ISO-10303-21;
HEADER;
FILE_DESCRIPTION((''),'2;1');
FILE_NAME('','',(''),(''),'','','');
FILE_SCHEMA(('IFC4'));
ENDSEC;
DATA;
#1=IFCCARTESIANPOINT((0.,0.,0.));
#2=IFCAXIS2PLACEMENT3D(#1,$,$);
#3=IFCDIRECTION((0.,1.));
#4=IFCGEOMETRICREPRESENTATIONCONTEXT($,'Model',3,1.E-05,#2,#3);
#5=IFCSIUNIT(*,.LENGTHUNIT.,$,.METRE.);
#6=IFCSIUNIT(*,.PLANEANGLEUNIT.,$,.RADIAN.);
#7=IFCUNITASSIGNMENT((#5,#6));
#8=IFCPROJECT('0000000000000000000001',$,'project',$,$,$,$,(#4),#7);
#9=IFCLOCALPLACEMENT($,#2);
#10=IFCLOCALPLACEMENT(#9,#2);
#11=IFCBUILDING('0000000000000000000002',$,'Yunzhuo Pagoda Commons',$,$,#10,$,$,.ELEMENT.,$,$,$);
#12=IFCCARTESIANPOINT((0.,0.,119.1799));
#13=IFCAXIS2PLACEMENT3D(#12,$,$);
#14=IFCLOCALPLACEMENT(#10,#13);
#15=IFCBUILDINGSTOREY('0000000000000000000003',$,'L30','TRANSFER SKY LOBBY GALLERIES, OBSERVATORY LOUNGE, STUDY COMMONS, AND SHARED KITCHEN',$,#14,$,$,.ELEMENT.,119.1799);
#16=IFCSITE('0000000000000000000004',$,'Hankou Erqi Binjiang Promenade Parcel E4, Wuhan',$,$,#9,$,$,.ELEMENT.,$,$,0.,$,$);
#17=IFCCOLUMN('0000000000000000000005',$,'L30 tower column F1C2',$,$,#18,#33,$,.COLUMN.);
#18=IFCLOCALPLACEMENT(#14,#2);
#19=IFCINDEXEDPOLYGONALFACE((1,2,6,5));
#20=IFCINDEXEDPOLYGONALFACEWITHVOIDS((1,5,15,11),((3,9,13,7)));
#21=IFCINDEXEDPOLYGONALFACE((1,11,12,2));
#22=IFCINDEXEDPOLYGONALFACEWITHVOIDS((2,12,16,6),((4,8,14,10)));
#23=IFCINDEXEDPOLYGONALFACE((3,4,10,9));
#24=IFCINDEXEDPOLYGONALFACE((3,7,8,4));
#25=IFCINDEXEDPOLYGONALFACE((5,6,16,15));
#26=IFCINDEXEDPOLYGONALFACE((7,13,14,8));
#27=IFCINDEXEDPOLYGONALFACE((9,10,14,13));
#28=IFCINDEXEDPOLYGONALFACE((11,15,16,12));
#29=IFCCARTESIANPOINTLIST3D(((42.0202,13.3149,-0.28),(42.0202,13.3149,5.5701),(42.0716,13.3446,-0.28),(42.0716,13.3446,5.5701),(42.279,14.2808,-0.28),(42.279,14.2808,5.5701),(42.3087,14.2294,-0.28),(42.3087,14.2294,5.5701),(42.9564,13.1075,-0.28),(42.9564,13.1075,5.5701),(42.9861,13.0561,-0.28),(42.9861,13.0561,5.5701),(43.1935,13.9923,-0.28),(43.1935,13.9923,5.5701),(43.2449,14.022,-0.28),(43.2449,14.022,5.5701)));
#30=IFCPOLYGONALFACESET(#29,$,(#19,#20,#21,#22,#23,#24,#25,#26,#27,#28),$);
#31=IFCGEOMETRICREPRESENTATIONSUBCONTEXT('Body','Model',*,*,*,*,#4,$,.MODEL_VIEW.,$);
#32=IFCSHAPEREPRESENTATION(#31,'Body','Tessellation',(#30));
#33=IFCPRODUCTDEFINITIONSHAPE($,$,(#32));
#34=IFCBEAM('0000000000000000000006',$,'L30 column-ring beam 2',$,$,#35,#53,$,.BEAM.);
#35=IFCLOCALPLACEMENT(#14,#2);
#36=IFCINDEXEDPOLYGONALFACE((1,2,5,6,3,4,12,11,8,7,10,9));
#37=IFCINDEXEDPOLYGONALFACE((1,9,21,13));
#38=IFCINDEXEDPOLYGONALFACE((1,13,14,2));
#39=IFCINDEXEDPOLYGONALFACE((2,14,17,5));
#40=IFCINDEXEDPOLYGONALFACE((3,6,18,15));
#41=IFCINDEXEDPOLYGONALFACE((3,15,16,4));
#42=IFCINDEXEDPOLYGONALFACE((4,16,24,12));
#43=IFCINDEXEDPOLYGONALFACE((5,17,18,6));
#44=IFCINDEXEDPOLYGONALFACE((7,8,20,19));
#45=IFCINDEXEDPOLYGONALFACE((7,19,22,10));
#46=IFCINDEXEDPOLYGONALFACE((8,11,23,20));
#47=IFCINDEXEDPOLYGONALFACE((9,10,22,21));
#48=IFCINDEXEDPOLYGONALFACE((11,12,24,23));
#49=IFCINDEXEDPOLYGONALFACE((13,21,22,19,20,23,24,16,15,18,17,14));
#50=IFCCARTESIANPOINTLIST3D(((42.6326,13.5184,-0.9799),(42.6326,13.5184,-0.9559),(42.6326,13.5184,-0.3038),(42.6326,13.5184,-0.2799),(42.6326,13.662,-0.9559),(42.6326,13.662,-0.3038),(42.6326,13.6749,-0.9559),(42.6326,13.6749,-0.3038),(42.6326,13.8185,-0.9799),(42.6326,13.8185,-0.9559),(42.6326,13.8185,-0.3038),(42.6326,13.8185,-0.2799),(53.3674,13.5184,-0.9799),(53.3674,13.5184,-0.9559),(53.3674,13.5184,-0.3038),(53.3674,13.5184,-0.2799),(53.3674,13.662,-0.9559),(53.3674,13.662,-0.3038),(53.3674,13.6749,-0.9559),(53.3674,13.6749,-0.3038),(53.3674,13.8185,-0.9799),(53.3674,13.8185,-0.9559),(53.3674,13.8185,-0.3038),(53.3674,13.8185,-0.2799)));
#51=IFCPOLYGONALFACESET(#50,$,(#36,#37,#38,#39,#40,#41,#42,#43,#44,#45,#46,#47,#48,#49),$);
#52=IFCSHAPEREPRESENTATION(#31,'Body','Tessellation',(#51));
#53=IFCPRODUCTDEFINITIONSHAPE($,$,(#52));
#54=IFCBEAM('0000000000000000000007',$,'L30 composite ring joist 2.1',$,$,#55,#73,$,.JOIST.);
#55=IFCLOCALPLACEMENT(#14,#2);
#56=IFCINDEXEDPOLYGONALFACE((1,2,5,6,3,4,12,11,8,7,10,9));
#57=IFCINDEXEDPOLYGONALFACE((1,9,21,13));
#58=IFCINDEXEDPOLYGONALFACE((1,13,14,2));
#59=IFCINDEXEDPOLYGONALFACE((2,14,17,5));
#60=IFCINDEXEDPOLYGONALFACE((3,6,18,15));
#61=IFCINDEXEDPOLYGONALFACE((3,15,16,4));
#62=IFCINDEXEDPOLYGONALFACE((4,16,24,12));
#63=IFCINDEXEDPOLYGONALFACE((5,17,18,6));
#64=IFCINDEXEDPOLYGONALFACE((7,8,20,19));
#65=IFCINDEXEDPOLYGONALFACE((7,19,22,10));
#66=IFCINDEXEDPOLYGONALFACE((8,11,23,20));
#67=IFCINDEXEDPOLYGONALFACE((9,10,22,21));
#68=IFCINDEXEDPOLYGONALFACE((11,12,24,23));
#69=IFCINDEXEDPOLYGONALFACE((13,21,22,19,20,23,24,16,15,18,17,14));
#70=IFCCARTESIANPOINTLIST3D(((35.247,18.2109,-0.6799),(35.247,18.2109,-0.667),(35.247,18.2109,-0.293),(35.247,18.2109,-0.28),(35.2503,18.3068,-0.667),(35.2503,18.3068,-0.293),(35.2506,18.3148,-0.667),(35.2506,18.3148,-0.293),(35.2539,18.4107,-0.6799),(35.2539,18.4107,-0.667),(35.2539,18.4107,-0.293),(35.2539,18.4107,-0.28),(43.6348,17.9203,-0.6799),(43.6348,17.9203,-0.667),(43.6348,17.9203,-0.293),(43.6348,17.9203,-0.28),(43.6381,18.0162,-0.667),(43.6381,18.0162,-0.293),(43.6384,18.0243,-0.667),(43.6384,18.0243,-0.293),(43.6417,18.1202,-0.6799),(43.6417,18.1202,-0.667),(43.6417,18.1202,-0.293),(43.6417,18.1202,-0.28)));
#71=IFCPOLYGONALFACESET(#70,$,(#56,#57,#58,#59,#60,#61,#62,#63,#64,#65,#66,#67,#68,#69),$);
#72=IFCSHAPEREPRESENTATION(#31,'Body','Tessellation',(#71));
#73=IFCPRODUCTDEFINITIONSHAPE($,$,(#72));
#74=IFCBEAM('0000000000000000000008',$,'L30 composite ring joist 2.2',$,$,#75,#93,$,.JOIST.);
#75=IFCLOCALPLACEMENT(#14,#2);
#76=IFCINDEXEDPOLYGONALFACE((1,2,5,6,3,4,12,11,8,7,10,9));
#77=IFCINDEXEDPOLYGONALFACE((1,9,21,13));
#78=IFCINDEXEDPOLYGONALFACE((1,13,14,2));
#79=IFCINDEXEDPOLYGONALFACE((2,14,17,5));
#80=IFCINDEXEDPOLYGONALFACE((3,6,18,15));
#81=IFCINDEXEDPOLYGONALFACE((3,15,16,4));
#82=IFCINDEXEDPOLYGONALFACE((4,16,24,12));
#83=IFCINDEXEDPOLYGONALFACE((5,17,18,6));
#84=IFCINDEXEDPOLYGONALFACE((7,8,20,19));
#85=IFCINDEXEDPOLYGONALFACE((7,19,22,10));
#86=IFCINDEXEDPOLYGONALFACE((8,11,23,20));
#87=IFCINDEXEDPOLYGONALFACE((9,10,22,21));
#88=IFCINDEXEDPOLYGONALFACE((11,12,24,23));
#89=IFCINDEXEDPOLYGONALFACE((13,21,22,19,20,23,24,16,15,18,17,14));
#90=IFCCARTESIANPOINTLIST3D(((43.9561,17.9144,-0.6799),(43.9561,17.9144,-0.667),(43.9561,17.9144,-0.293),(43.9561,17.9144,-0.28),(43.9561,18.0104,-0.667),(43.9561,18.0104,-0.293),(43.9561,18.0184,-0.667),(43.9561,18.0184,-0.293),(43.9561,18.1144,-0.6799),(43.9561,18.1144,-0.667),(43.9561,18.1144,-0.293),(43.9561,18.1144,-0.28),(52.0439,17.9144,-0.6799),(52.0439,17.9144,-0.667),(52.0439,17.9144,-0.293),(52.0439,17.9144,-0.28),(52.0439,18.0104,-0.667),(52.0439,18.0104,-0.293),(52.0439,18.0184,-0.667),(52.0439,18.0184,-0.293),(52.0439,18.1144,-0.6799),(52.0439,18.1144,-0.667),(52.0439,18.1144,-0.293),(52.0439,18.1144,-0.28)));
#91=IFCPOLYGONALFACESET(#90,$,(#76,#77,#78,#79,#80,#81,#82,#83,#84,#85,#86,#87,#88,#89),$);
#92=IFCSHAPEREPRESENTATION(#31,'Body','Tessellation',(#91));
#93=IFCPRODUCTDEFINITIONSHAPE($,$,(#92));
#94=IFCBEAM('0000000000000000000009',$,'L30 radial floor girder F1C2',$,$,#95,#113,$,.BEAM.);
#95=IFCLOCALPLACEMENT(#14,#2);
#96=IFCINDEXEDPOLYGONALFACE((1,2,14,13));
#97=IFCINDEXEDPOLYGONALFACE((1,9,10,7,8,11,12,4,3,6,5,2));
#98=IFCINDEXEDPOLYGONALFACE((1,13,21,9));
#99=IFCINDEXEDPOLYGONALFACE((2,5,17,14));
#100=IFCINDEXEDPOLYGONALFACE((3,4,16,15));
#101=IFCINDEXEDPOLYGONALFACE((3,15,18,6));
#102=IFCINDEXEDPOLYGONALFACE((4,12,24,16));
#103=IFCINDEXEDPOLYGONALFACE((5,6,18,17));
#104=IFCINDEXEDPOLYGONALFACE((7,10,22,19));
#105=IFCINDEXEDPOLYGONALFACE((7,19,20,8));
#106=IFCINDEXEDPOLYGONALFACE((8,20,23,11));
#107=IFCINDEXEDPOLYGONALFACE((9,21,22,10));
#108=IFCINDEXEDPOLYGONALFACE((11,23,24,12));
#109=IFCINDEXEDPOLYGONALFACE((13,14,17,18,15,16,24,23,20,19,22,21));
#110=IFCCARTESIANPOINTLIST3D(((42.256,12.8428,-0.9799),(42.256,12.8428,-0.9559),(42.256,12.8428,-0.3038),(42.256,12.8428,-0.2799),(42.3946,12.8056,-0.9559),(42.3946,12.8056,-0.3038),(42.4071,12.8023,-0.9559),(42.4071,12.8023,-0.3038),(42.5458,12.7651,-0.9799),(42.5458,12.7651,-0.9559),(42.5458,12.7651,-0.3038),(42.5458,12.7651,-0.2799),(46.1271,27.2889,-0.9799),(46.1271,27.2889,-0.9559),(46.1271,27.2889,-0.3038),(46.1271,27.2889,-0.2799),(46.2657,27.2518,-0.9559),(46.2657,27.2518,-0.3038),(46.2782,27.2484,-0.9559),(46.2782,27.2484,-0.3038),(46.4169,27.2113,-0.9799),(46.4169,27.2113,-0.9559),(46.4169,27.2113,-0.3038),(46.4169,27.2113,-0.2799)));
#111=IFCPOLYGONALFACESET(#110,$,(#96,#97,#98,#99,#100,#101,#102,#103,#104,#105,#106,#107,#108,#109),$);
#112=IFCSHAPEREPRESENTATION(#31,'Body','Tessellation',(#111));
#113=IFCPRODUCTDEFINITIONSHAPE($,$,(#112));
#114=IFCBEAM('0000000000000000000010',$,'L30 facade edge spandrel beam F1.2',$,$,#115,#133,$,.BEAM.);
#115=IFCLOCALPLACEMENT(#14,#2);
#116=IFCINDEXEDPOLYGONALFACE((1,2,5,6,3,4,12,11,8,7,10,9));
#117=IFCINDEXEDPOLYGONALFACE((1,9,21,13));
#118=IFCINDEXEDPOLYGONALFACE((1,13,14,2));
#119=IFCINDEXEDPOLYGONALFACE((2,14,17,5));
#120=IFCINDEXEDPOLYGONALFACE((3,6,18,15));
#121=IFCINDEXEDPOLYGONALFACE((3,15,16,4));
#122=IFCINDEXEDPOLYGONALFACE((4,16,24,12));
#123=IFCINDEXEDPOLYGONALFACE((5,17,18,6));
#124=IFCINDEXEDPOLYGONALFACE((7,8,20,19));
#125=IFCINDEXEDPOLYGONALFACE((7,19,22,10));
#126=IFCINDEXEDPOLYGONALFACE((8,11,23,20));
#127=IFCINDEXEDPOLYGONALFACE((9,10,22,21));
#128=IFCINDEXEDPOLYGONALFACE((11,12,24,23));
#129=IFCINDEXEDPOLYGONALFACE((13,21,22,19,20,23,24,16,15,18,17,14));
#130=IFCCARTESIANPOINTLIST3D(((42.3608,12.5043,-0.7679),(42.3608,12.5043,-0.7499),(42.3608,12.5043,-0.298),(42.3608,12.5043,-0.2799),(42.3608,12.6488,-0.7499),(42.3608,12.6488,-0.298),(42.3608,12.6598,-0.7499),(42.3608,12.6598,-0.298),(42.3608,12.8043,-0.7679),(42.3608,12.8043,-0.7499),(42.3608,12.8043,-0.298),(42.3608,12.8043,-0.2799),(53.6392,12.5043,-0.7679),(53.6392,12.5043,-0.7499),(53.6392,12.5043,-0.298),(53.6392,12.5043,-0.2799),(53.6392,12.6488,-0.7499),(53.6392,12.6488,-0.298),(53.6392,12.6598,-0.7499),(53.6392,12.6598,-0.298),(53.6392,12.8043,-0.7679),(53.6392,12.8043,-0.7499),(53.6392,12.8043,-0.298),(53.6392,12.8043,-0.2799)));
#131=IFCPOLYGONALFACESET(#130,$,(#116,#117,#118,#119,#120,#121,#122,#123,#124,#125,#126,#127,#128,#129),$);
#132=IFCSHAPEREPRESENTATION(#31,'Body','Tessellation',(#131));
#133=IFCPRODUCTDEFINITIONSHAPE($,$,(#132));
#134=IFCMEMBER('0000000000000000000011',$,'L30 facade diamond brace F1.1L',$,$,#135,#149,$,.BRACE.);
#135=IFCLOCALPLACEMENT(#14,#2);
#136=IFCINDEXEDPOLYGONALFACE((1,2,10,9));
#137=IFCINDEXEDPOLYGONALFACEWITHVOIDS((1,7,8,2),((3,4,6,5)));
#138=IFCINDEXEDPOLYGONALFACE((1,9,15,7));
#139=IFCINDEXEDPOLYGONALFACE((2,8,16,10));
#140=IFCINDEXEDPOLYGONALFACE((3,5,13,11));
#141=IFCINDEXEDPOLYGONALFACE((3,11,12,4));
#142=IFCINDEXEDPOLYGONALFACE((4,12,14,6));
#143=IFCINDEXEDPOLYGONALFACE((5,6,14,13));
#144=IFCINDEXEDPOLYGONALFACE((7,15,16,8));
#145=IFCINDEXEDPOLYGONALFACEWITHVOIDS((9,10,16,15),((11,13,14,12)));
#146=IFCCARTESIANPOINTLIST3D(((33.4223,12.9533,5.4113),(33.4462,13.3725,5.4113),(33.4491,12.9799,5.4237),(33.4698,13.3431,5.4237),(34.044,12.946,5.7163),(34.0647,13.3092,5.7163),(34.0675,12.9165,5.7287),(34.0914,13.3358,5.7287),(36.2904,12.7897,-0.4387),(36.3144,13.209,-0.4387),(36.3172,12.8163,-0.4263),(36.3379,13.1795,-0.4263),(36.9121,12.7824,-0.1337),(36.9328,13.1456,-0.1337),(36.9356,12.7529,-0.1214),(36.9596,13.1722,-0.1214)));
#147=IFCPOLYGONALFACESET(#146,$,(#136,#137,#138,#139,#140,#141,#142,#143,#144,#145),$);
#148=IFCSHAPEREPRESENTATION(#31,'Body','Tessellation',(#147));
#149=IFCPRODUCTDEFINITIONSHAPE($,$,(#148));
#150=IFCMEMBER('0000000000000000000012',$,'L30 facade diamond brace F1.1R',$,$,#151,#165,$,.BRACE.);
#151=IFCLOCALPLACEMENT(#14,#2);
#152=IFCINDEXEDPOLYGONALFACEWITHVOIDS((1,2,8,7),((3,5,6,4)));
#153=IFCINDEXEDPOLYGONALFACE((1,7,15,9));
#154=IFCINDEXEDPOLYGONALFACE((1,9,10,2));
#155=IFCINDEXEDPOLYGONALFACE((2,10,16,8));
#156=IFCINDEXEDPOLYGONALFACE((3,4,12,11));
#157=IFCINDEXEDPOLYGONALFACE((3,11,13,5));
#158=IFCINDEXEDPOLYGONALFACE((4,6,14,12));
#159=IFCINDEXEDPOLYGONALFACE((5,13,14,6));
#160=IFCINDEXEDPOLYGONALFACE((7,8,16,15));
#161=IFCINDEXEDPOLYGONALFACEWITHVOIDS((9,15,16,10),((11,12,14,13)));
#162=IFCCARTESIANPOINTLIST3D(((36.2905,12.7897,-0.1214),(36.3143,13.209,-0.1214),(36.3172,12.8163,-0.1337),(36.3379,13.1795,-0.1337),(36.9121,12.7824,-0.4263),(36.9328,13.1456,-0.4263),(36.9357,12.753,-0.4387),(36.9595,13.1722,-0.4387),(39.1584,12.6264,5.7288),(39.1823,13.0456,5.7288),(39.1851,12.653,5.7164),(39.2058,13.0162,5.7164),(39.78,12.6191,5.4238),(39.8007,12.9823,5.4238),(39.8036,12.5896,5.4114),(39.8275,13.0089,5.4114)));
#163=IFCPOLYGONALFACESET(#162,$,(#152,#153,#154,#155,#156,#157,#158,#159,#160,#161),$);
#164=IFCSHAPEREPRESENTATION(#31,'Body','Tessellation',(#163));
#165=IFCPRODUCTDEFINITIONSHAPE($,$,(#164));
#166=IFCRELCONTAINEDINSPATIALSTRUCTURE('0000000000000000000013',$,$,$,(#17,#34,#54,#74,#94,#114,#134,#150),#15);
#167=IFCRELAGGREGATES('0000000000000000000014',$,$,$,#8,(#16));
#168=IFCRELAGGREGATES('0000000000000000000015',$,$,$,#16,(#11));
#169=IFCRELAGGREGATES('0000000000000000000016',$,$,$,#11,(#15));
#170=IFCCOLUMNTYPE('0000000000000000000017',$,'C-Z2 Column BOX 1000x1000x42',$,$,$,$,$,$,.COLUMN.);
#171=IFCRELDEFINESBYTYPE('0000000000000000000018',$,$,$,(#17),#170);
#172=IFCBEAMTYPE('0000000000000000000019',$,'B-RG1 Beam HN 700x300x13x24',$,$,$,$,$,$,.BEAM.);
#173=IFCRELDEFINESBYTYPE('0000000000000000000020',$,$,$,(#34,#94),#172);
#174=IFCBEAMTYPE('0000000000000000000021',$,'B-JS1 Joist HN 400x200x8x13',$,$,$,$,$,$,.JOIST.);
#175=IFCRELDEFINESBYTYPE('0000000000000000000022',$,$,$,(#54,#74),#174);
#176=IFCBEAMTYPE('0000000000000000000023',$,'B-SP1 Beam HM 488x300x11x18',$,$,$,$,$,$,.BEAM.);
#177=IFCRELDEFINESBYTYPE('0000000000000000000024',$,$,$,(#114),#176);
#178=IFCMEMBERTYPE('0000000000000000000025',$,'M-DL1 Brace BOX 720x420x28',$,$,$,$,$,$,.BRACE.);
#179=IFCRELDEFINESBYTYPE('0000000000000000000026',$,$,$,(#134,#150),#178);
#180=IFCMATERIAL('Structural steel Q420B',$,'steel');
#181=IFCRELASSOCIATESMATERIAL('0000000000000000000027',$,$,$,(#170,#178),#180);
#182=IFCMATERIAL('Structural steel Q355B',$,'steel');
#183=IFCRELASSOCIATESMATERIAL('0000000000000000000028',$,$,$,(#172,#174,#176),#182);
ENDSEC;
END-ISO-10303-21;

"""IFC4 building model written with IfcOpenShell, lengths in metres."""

from ifc_helpers import new_model, si_unit, direction, frame, origin, origin_2d, place, context, subcontext, project, spatial, hollow_rectangle, i_section, extrude, source, transform, mapped, material, material_profile, profile_set, type_object, element, save


model = new_model("IFC4")

# Units and contexts
model_context = context("Model", 3, precision=1e-05, world=origin(), true_north=direction((0.0, 1.0)))
body_context = subcontext(model_context, "Body", "Model", "MODEL_VIEW")
ifc_project = project(units=[si_unit("LENGTHUNIT", "METRE"), si_unit("PLANEANGLEUNIT", "RADIAN")], contexts=[model_context])

# Site, building, storey
site_placement = place(None, origin())
site = spatial("IfcSite", under=ifc_project, at=site_placement, Name="Hankou Erqi Binjiang Promenade Parcel E4, Wuhan", CompositionType="ELEMENT", RefElevation=0.0)
building_placement = place(site_placement, origin())
building = spatial("IfcBuilding", under=site, at=building_placement, Name="Yunzhuo Pagoda Commons", CompositionType="ELEMENT")
storey_placement = place(building_placement, frame((0.0, 0.0, 119.1799)))
storey = spatial("IfcBuildingStorey", under=building, at=storey_placement, Name="L30", Description="TRANSFER SKY LOBBY GALLERIES, OBSERVATORY LOUNGE, STUDY COMMONS, AND SHARED KITCHEN", CompositionType="ELEMENT", Elevation=119.1799)

# Column
ifc_material_1 = material(Name="Structural steel Q420B", Category="steel")
ifc_material_profile_1 = material_profile(ifc_material_1, hollow_rectangle(XDim=1.0, YDim=1.0, WallThickness=0.042, at=origin_2d()), Name="Structural steel Q420B")
ifc_profile_set_1 = profile_set([ifc_material_profile_1], Name="Structural steel Q420B")
column_type = type_object("IfcColumnType", Name="C-Z2 Column BOX 1000x1000x42", PredefinedType="COLUMN", material=ifc_profile_set_1)
shared_shape_1 = source(origin(), body_context, "Body", "SweptSolid", [
    extrude(hollow_rectangle(XDim=1.0, YDim=1.0, WallThickness=0.042, at=origin_2d()), origin(), (0.0, 0.0, 1.0), 5.8501),
])
column_placement = place(storey_placement, frame((42.6326, 13.6685, -0.28), z_axis=(0.0, 0.0, 1.0), x_axis=(0.965926, -0.258819, 0.0)))
element("IfcColumn", 1, at=column_placement, inside=storey, type_object=column_type, Name="L30 tower column F1C2", PredefinedType="COLUMN", context=body_context, shape_type="MappedRepresentation", body=[
    mapped(shared_shape_1, transform((0.0, 0.0, 0.0), scale=1.0)),
])

# Beams
ifc_material_2 = material(Name="Structural steel Q355B", Category="steel")
ifc_material_profile_2 = material_profile(ifc_material_2, i_section(OverallWidth=0.3, OverallDepth=0.7, WebThickness=0.0129, FlangeThickness=0.0239, at=origin_2d()), Name="Structural steel Q355B")
ifc_profile_set_2 = profile_set([ifc_material_profile_2], Name="Structural steel Q355B")
beam_type_1 = type_object("IfcBeamType", Name="B-RG1 Beam HN 700x300x13x24", PredefinedType="BEAM", material=ifc_profile_set_2)
shared_shape_2 = source(origin(), body_context, "Body", "SweptSolid", [
    extrude(i_section(OverallWidth=0.3, OverallDepth=0.7, WebThickness=0.0129, FlangeThickness=0.0239, at=origin_2d()), origin(), (0.0, 0.0, 1.0), 10.7349),
])
beam_1_placement = place(storey_placement, frame((42.6326, 13.6685, -0.6299), z_axis=(1.0, 0.0, 0.0), x_axis=(0.0, 1.0, 0.0)))
element("IfcBeam", 2, at=beam_1_placement, inside=storey, type_object=beam_type_1, Name="L30 column-ring beam 2", PredefinedType="BEAM", context=body_context, shape_type="MappedRepresentation", body=[
    mapped(shared_shape_2, transform((0.0, 0.0, 0.0), scale=1.0)),
])
ifc_material_profile_3 = material_profile(ifc_material_2, i_section(OverallWidth=0.2, OverallDepth=0.3999, WebThickness=0.0081, FlangeThickness=0.0129, at=origin_2d()), Name="Structural steel Q355B")
ifc_profile_set_3 = profile_set([ifc_material_profile_3], Name="Structural steel Q355B")
beam_type_2 = type_object("IfcBeamType", Name="B-JS1 Joist HN 400x200x8x13", PredefinedType="JOIST", material=ifc_profile_set_3)
shared_shape_3 = source(origin(), body_context, "Body", "SweptSolid", [
    extrude(i_section(OverallWidth=0.2, OverallDepth=0.3999, WebThickness=0.0081, FlangeThickness=0.0129, at=origin_2d()), origin(), (0.0, 0.0, 1.0), 8.3928),
])
beam_2_placement = place(storey_placement, frame((35.2505, 18.3108, -0.48), z_axis=(0.999401, -0.034617, 0.0), x_axis=(0.034617, 0.999401, 0.0)))
element("IfcBeam", 3, at=beam_2_placement, inside=storey, type_object=beam_type_2, Name="L30 composite ring joist 2.1", PredefinedType="JOIST", context=body_context, shape_type="MappedRepresentation", body=[
    mapped(shared_shape_3, transform((0.0, 0.0, 0.0), scale=1.0)),
])
shared_shape_4 = source(origin(), body_context, "Body", "SweptSolid", [
    extrude(i_section(OverallWidth=0.2, OverallDepth=0.3999, WebThickness=0.0081, FlangeThickness=0.0129, at=origin_2d()), origin(), (0.0, 0.0, 1.0), 8.0879),
])
beam_3_placement = place(storey_placement, frame((43.9561, 18.0144, -0.48), z_axis=(1.0, 0.0, 0.0), x_axis=(0.0, 1.0, 0.0)))
element("IfcBeam", 4, at=beam_3_placement, inside=storey, type_object=beam_type_2, Name="L30 composite ring joist 2.2", PredefinedType="JOIST", context=body_context, shape_type="MappedRepresentation", body=[
    mapped(shared_shape_4, transform((0.0, 0.0, 0.0), scale=1.0)),
])
shared_shape_5 = source(origin(), body_context, "Body", "SweptSolid", [
    extrude(i_section(OverallWidth=0.3, OverallDepth=0.7, WebThickness=0.0129, FlangeThickness=0.0239, at=origin_2d()), origin(), (0.0, 0.0, 1.0), 14.9558),
])
beam_4_placement = place(storey_placement, frame((42.4009, 12.804, -0.6299), z_axis=(0.258837, 0.965921, 0.0), x_axis=(-0.965921, 0.258837, 0.0)))
element("IfcBeam", 5, at=beam_4_placement, inside=storey, type_object=beam_type_1, Name="L30 radial floor girder F1C2", PredefinedType="BEAM", context=body_context, shape_type="MappedRepresentation", body=[
    mapped(shared_shape_5, transform((0.0, 0.0, 0.0), scale=1.0)),
])
ifc_material_profile_4 = material_profile(ifc_material_2, i_section(OverallWidth=0.3, OverallDepth=0.488, WebThickness=0.011, FlangeThickness=0.0181, at=origin_2d()), Name="Structural steel Q355B")
ifc_profile_set_4 = profile_set([ifc_material_profile_4], Name="Structural steel Q355B")
beam_type_3 = type_object("IfcBeamType", Name="B-SP1 Beam HM 488x300x11x18", PredefinedType="BEAM", material=ifc_profile_set_4)
shared_shape_6 = source(origin(), body_context, "Body", "SweptSolid", [
    extrude(i_section(OverallWidth=0.3, OverallDepth=0.488, WebThickness=0.011, FlangeThickness=0.0181, at=origin_2d()), origin(), (0.0, 0.0, 1.0), 11.2783),
])
beam_5_placement = place(storey_placement, frame((42.3608, 12.6543, -0.5239), z_axis=(1.0, 0.0, 0.0), x_axis=(0.0, 1.0, 0.0)))
element("IfcBeam", 6, at=beam_5_placement, inside=storey, type_object=beam_type_3, Name="L30 facade edge spandrel beam F1.2", PredefinedType="BEAM", context=body_context, shape_type="MappedRepresentation", body=[
    mapped(shared_shape_6, transform((0.0, 0.0, 0.0), scale=1.0)),
])

# Members
ifc_material_profile_5 = material_profile(ifc_material_1, hollow_rectangle(XDim=0.4199, YDim=0.72, WallThickness=0.0281, at=origin_2d()), Name="Structural steel Q420B")
ifc_profile_set_5 = profile_set([ifc_material_profile_5], Name="Structural steel Q420B")
member_type_1 = type_object("IfcMemberType", Name="M-DL1 Brace BOX 720x420x28", PredefinedType="BRACE", material=ifc_profile_set_5)
shared_shape_7 = source(origin(), body_context, "Body", "SweptSolid", [
    extrude(hollow_rectangle(XDim=0.4199, YDim=0.72, WallThickness=0.0281, at=origin_2d()), origin(), (0.0, 0.0, 1.0), 6.5173),
])
for number, where, z_axis, x_axis, name in (
    (7, (36.625, 12.981, -0.28), (-0.440077, 0.025098, 0.897609), (-0.056938, -0.998378, 0.0), "L30 facade diamond brace F1.1L"),
    (8, (36.625, 12.981, -0.28), (0.440047, -0.025061, 0.897625), (0.056859, 0.998382, 0.0), "L30 facade diamond brace F1.1R"),
):
    element("IfcMember", number, at=place(storey_placement, frame(where, z_axis=z_axis, x_axis=x_axis)), inside=storey, type_object=member_type_1, Name=name, PredefinedType="BRACE", context=body_context, shape_type="MappedRepresentation", body=[
        mapped(shared_shape_7, transform((0.0, 0.0, 0.0), scale=1.0)),
    ])

save(model, "model.ifc")
